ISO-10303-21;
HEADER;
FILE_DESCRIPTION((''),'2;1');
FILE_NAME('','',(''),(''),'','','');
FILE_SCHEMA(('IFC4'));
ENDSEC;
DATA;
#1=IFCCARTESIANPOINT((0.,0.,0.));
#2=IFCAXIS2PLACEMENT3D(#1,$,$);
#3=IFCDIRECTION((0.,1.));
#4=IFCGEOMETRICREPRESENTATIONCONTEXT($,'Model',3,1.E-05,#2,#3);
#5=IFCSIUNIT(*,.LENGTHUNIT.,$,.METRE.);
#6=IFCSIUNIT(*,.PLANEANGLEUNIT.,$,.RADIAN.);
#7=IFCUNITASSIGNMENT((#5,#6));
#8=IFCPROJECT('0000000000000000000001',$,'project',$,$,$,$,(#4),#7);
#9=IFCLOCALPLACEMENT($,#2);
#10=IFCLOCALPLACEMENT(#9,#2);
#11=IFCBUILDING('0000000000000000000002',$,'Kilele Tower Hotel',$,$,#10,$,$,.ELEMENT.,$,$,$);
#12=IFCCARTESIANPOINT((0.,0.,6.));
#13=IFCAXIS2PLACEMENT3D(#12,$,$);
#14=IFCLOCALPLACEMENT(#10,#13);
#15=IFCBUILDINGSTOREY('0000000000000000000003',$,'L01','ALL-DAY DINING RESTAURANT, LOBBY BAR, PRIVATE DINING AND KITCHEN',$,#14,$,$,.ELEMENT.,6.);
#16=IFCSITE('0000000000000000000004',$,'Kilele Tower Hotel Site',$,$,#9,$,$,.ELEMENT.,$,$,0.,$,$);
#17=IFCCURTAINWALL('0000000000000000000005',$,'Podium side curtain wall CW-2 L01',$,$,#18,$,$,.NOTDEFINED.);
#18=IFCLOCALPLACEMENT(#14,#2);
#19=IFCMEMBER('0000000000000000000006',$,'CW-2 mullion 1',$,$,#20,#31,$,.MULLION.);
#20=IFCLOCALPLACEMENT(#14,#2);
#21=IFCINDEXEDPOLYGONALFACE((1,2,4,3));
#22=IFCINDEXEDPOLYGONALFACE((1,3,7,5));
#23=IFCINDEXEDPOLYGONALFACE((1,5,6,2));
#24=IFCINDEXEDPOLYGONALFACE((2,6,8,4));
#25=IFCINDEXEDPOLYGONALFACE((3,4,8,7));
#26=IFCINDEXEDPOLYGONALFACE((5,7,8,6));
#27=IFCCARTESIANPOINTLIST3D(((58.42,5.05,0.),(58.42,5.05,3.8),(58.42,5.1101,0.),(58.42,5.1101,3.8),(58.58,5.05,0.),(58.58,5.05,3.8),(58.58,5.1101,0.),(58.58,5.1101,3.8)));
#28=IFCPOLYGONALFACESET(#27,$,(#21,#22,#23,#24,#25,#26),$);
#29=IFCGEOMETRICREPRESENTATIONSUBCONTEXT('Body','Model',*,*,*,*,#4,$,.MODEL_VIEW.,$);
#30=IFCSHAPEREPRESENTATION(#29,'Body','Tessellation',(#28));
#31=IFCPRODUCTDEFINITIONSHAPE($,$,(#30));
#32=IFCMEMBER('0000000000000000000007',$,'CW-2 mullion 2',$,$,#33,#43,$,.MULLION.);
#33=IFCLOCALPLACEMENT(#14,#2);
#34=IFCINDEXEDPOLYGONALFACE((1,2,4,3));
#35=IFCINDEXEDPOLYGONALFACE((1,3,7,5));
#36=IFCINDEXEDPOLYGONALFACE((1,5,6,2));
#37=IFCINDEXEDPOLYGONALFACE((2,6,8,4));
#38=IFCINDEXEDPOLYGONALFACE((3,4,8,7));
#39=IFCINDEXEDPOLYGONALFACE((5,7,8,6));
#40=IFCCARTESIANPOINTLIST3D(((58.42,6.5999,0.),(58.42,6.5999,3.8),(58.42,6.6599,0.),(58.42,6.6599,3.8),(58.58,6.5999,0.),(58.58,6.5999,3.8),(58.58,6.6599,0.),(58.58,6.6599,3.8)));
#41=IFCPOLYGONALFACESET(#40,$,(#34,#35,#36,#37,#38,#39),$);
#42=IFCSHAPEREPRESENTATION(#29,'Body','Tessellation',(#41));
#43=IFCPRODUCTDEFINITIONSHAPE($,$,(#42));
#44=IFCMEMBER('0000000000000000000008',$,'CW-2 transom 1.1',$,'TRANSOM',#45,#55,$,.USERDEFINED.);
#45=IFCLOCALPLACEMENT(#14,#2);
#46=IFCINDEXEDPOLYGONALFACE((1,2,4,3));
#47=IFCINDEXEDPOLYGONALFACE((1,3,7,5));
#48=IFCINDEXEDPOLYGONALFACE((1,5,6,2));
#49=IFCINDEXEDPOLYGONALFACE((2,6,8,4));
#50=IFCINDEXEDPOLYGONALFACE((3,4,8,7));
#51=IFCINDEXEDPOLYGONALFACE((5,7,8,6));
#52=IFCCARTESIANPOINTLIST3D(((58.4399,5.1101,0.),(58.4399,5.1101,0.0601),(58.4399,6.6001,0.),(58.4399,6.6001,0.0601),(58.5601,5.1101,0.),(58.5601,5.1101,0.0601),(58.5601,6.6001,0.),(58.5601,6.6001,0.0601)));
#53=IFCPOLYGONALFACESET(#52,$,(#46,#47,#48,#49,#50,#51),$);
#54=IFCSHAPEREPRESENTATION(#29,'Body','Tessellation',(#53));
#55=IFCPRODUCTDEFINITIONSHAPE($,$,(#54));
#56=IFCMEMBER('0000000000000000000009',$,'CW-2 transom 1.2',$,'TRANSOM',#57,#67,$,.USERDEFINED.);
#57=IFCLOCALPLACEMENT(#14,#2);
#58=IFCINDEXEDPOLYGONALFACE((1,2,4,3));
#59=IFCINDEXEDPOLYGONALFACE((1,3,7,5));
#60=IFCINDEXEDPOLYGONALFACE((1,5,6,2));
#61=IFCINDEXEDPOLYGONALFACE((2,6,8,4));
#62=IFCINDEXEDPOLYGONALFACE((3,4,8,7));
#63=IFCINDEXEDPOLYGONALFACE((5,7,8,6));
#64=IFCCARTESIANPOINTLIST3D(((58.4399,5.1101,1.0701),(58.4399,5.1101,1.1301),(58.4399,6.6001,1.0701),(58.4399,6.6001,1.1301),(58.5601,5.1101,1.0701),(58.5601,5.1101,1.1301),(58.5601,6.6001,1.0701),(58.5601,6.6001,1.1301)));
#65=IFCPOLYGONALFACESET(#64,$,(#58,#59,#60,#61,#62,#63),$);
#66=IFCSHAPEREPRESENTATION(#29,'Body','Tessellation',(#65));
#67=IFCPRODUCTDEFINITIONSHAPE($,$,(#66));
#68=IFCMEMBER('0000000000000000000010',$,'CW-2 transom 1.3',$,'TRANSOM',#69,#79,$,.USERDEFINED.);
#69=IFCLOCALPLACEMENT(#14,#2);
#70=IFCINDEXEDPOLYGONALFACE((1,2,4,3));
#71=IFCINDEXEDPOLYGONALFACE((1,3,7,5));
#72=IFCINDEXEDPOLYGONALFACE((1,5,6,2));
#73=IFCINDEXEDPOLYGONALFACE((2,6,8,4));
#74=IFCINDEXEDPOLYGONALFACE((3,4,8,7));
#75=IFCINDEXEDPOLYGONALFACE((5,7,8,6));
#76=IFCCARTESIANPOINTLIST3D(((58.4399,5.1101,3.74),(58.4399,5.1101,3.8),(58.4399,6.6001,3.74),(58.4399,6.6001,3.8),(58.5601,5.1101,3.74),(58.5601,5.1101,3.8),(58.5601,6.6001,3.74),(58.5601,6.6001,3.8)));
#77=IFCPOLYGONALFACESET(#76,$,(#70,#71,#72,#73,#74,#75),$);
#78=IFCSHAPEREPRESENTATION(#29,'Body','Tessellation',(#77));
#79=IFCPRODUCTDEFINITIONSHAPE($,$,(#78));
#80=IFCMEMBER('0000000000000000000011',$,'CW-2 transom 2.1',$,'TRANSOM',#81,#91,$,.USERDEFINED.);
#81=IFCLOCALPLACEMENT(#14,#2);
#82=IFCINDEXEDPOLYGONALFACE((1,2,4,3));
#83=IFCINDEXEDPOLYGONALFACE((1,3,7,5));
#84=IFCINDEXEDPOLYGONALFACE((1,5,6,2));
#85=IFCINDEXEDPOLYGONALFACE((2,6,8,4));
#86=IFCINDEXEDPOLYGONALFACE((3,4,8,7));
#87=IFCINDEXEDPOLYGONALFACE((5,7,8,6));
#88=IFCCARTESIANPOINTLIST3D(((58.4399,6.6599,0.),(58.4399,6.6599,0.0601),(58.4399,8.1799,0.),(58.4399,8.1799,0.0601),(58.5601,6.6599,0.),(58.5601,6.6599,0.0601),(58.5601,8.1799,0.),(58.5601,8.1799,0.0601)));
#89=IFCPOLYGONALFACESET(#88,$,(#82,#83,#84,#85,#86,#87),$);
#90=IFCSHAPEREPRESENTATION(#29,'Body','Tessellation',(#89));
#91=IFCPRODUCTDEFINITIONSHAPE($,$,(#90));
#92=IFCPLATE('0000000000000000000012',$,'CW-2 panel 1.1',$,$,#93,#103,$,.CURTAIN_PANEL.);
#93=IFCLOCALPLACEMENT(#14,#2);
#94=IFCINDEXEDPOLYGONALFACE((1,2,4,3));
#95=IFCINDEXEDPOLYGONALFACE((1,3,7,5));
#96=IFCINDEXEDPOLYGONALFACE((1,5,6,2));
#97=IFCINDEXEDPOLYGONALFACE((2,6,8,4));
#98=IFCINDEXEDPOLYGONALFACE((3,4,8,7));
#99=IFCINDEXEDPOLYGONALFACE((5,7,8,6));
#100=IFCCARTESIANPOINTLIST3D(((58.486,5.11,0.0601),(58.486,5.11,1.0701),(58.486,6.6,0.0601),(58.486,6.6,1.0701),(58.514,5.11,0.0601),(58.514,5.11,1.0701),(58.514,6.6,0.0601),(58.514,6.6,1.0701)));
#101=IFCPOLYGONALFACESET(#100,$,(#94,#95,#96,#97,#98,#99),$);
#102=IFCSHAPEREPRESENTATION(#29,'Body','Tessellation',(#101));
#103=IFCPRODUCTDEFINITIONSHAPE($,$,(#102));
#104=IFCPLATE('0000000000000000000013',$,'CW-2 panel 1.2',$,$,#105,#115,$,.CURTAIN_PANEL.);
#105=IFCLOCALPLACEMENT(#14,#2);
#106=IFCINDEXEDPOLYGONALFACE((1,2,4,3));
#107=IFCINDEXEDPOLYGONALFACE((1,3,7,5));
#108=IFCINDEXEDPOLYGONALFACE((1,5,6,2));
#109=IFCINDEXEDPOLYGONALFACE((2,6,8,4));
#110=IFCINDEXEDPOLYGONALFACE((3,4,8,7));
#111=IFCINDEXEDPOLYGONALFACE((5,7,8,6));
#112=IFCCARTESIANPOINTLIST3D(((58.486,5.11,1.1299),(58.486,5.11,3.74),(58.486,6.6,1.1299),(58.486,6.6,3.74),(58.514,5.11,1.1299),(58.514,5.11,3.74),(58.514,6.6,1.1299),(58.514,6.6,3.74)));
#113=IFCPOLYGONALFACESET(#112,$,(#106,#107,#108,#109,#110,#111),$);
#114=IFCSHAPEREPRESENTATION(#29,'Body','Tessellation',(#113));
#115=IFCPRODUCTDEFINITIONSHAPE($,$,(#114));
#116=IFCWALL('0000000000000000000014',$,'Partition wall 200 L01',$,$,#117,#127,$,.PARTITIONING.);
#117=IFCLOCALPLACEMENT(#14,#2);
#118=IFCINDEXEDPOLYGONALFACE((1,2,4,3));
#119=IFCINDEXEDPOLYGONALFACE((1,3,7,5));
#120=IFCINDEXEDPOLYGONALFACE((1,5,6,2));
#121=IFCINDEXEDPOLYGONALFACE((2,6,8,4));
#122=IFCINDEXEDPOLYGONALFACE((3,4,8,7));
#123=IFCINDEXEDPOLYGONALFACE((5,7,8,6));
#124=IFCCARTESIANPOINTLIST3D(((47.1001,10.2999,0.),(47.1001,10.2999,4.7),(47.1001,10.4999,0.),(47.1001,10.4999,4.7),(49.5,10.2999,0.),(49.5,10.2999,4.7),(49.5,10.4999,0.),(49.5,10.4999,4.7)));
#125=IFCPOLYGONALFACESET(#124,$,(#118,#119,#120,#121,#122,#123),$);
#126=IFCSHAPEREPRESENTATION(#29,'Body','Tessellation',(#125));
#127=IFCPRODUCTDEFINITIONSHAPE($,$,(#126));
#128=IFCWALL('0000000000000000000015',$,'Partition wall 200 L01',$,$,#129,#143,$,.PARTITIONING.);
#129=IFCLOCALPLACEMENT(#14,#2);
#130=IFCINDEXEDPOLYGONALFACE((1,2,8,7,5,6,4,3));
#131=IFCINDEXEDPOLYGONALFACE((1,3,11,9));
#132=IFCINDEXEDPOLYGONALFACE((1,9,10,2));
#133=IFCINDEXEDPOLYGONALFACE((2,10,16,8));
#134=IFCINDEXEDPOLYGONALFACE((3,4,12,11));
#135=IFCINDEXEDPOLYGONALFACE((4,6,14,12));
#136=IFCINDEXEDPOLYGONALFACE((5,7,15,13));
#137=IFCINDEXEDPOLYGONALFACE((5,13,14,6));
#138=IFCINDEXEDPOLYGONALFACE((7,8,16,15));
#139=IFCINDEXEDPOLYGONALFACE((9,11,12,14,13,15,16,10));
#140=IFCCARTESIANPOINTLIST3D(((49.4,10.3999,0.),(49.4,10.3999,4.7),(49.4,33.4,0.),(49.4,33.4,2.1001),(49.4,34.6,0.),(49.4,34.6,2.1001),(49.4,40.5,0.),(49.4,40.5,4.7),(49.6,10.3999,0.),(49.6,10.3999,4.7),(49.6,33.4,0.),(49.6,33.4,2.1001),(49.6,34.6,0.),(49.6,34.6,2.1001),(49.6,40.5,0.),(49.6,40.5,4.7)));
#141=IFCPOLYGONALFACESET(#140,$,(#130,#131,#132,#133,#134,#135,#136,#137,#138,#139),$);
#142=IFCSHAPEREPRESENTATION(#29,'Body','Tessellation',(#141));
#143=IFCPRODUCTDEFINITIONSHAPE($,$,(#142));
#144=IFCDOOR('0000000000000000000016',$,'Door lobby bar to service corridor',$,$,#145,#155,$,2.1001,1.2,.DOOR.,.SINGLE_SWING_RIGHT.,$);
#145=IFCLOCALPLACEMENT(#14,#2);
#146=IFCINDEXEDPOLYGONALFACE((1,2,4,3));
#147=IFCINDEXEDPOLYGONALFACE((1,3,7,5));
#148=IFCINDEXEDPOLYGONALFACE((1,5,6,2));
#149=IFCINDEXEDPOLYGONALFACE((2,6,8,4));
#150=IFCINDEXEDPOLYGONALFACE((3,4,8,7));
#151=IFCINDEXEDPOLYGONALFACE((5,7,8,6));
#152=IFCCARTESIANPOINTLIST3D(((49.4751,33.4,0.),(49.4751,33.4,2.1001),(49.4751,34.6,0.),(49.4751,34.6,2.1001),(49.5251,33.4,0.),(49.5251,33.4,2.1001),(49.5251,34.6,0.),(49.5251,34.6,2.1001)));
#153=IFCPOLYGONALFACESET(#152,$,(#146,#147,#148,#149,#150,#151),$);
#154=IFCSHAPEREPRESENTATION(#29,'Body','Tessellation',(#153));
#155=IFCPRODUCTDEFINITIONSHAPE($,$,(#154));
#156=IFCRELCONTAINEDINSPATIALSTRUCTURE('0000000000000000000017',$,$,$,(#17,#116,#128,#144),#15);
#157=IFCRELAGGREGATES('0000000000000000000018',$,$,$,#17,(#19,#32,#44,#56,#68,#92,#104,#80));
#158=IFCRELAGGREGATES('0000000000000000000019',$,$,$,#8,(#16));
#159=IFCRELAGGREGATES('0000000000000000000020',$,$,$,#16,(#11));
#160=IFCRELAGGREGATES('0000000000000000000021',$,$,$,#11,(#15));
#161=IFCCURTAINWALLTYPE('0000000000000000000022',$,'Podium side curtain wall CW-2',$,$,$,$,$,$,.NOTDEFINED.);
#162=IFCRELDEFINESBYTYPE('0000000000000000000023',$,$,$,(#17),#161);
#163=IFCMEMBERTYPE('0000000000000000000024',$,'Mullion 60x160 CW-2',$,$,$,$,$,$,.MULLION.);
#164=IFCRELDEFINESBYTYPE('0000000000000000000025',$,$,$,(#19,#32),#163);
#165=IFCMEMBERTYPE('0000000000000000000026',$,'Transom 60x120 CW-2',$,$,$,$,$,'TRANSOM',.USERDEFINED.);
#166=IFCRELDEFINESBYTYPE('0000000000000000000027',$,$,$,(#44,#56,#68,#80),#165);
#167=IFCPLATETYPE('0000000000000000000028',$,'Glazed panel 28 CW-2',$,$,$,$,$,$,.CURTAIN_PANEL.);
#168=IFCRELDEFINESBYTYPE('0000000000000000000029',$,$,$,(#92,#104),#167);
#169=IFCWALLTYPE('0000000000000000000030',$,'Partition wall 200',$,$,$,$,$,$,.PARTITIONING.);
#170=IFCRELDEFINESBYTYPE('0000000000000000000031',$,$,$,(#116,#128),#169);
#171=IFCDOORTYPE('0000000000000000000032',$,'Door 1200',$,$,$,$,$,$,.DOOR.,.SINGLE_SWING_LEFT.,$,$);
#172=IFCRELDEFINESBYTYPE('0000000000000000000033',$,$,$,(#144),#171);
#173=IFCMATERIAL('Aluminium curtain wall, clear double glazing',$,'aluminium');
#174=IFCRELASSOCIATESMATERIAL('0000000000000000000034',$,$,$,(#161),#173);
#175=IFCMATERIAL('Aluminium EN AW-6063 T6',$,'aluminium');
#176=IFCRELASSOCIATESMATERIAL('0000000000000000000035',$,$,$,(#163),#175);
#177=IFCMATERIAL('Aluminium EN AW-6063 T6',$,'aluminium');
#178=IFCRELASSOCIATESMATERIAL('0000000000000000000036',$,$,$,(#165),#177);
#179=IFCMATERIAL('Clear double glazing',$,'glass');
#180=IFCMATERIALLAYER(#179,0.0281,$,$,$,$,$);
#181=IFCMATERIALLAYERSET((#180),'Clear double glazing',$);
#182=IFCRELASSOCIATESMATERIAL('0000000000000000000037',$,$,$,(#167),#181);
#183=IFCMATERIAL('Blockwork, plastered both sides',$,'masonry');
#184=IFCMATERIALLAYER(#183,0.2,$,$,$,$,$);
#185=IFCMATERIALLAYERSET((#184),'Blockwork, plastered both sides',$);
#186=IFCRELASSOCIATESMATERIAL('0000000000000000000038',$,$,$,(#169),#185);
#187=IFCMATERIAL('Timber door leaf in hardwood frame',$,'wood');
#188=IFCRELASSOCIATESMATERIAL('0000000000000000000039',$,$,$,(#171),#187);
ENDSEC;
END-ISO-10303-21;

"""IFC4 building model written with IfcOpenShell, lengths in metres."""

from ifc_helpers import new_model, si_unit, direction, frame, frame_2d, origin, origin_2d, place, context, subcontext, project, spatial, rectangle, extrude, material, layer, layer_set, material_profile, profile_set, type_object, element, fill, aggregate, save


model = new_model("IFC4")

# Units and contexts
model_context = context("Model", 3, precision=1e-05, world=origin(), true_north=direction((0.0, 1.0)))
body_context = subcontext(model_context, "Body", "Model", "MODEL_VIEW")
ifc_project = project(units=[si_unit("LENGTHUNIT", "METRE"), si_unit("PLANEANGLEUNIT", "RADIAN")], contexts=[model_context])

# Site, building, storey
site_placement = place(None, origin())
site = spatial("IfcSite", under=ifc_project, at=site_placement, Name="Kilele Tower Hotel Site", CompositionType="ELEMENT", RefElevation=0.0)
building_placement = place(site_placement, origin())
building = spatial("IfcBuilding", under=site, at=building_placement, Name="Kilele Tower Hotel", CompositionType="ELEMENT")
storey_placement = place(building_placement, frame((0.0, 0.0, 6.0)))
storey = spatial("IfcBuildingStorey", under=building, at=storey_placement, Name="L01", Description="ALL-DAY DINING RESTAURANT, LOBBY BAR, PRIVATE DINING AND KITCHEN", CompositionType="ELEMENT", Elevation=6.0)

# Curtain wall, members, plates
ifc_material_1 = material(Name="Aluminium curtain wall, clear double glazing", Category="aluminium")
curtain_wall_type = type_object("IfcCurtainWallType", Name="Podium side curtain wall CW-2", PredefinedType="NOTDEFINED", material=ifc_material_1)
curtain_wall_placement = place(storey_placement, origin())
curtain_wall = element("IfcCurtainWall", 1, at=curtain_wall_placement, inside=storey, type_object=curtain_wall_type, Name="Podium side curtain wall CW-2 L01", PredefinedType="NOTDEFINED")
ifc_material_2 = material(Name="Aluminium EN AW-6063 T6", Category="aluminium")
ifc_material_profile_1 = material_profile(ifc_material_2, rectangle(XDim=0.1599, YDim=0.0601, at=origin_2d()))
ifc_profile_set_1 = profile_set([ifc_material_profile_1], Name="Aluminium EN AW-6063 T6")
member_type_1 = type_object("IfcMemberType", Name="Mullion 60x160 CW-2", PredefinedType="MULLION", material=ifc_profile_set_1)
member_1_placement = place(storey_placement, frame((58.5, 5.0801, 0.0), z_axis=(0.0, 0.0, 1.0), x_axis=(-1.0, 0.0, 0.0)))
member_1 = element("IfcMember", 2, at=member_1_placement, type_object=member_type_1, Name="CW-2 mullion 1", PredefinedType="MULLION", context=body_context, shape_type="SweptSolid", body=[
    extrude(rectangle(XDim=0.1599, YDim=0.0601, at=origin_2d()), origin(), (0.0, 0.0, 1.0), 3.8),
])
member_2_placement = place(storey_placement, frame((58.5, 6.6299, 0.0), z_axis=(0.0, 0.0, 1.0), x_axis=(-1.0, 0.0, 0.0)))
member_2 = element("IfcMember", 3, at=member_2_placement, type_object=member_type_1, Name="CW-2 mullion 2", PredefinedType="MULLION", context=body_context, shape_type="SweptSolid", body=[
    extrude(rectangle(XDim=0.1599, YDim=0.0601, at=origin_2d()), origin(), (0.0, 0.0, 1.0), 3.8),
])
ifc_material_3 = material(Name="Aluminium EN AW-6063 T6", Category="aluminium")
ifc_material_profile_2 = material_profile(ifc_material_3, rectangle(XDim=0.1201, YDim=0.0601, at=origin_2d()))
ifc_profile_set_2 = profile_set([ifc_material_profile_2], Name="Aluminium EN AW-6063 T6")
member_type_2 = type_object("IfcMemberType", Name="Transom 60x120 CW-2", ElementType="TRANSOM", PredefinedType="USERDEFINED", material=ifc_profile_set_2)
member_3_placement = place(storey_placement, frame((58.5, 5.1101, 0.03), z_axis=(0.0, 1.0, 0.0), x_axis=(-1.0, 0.0, 0.0)))
member_3 = element("IfcMember", 4, at=member_3_placement, type_object=member_type_2, Name="CW-2 transom 1.1", ObjectType="TRANSOM", PredefinedType="USERDEFINED", context=body_context, shape_type="SweptSolid", body=[
    extrude(rectangle(XDim=0.1201, YDim=0.0601, at=origin_2d()), origin(), (0.0, 0.0, 1.0), 1.49),
])
member_4_placement = place(storey_placement, frame((58.5, 5.1101, 1.1001), z_axis=(0.0, 1.0, 0.0), x_axis=(-1.0, 0.0, 0.0)))
member_4 = element("IfcMember", 5, at=member_4_placement, type_object=member_type_2, Name="CW-2 transom 1.2", ObjectType="TRANSOM", PredefinedType="USERDEFINED", context=body_context, shape_type="SweptSolid", body=[
    extrude(rectangle(XDim=0.1201, YDim=0.0601, at=origin_2d()), origin(), (0.0, 0.0, 1.0), 1.49),
])
member_5_placement = place(storey_placement, frame((58.5, 5.1101, 3.77), z_axis=(0.0, 1.0, 0.0), x_axis=(-1.0, 0.0, 0.0)))
member_5 = element("IfcMember", 6, at=member_5_placement, type_object=member_type_2, Name="CW-2 transom 1.3", ObjectType="TRANSOM", PredefinedType="USERDEFINED", context=body_context, shape_type="SweptSolid", body=[
    extrude(rectangle(XDim=0.1201, YDim=0.0601, at=origin_2d()), origin(), (0.0, 0.0, 1.0), 1.49),
])
member_6_placement = place(storey_placement, frame((58.5, 6.6599, 0.03), z_axis=(0.0, 1.0, 0.0), x_axis=(-1.0, 0.0, 0.0)))
member_6 = element("IfcMember", 7, at=member_6_placement, type_object=member_type_2, Name="CW-2 transom 2.1", ObjectType="TRANSOM", PredefinedType="USERDEFINED", context=body_context, shape_type="SweptSolid", body=[
    extrude(rectangle(XDim=0.1201, YDim=0.0601, at=origin_2d()), origin(), (0.0, 0.0, 1.0), 1.52),
])
ifc_material_4 = material(Name="Clear double glazing", Category="glass")
ifc_layer_1 = layer(ifc_material_4, 0.0281)
ifc_layer_set_1 = layer_set([ifc_layer_1], Name="Clear double glazing")
plate_type = type_object("IfcPlateType", Name="Glazed panel 28 CW-2", PredefinedType="CURTAIN_PANEL", material=ifc_layer_set_1)
plate_1_placement = place(storey_placement, frame((58.5, 5.855, 0.0601), z_axis=(0.0, 0.0, 1.0), x_axis=(0.0, 1.0, 0.0)))
plate_1 = element("IfcPlate", 8, at=plate_1_placement, type_object=plate_type, Name="CW-2 panel 1.1", PredefinedType="CURTAIN_PANEL", context=body_context, shape_type="SweptSolid", body=[
    extrude(rectangle(XDim=1.49, YDim=0.0281, at=origin_2d()), origin(), (0.0, 0.0, 1.0), 1.01),
])
plate_2_placement = place(storey_placement, frame((58.5, 5.855, 1.1299), z_axis=(0.0, 0.0, 1.0), x_axis=(0.0, 1.0, 0.0)))
plate_2 = element("IfcPlate", 9, at=plate_2_placement, type_object=plate_type, Name="CW-2 panel 1.2", PredefinedType="CURTAIN_PANEL", context=body_context, shape_type="SweptSolid", body=[
    extrude(rectangle(XDim=1.49, YDim=0.0281, at=origin_2d()), origin(), (0.0, 0.0, 1.0), 2.6101),
])
aggregate(curtain_wall, [member_1, member_2, member_3, member_4, member_5, plate_1, plate_2, member_6])

# Wall
ifc_material_5 = material(Name="Blockwork, plastered both sides", Category="masonry")
ifc_layer_2 = layer(ifc_material_5, 0.2)
ifc_layer_set_2 = layer_set([ifc_layer_2], Name="Blockwork, plastered both sides")
wall_type_1 = type_object("IfcWallType", Name="Partition wall 200", PredefinedType="PARTITIONING", material=ifc_layer_set_2)
wall_1_placement = place(storey_placement, frame((47.1001, 10.3999, 0.0), z_axis=(0.0, 0.0, 1.0), x_axis=(1.0, 0.0, 0.0)))
element("IfcWall", 10, at=wall_1_placement, inside=storey, type_object=wall_type_1, Name="Partition wall 200 L01", PredefinedType="PARTITIONING", context=body_context, shape_type="SweptSolid", body=[
    extrude(rectangle(XDim=2.3999, YDim=0.2, at=frame_2d((1.2, 0.0))), origin(), (0.0, 0.0, 1.0), 4.7),
])

# Wall, opening, door
wall_2_placement = place(storey_placement, frame((49.5, 10.3999, 0.0), z_axis=(0.0, 0.0, 1.0), x_axis=(0.0, 1.0, 0.0)))
wall_2 = element("IfcWall", 11, at=wall_2_placement, inside=storey, type_object=wall_type_1, Name="Partition wall 200 L01", PredefinedType="PARTITIONING", context=body_context, shape_type="SweptSolid", body=[
    extrude(rectangle(XDim=30.1001, YDim=0.2, at=frame_2d((15.05, 0.0))), origin(), (0.0, 0.0, 1.0), 4.7),
])
opening_1_placement = place(wall_2_placement, frame((23.0, 0.0, 0.0)))
opening_1 = element("IfcOpeningElement", 12, at=opening_1_placement, cuts=wall_2, PredefinedType="OPENING", context=body_context, shape_type="SweptSolid", body=[
    extrude(rectangle(XDim=1.2, YDim=2.1001, at=frame_2d((0.6001, 1.05))), frame((0.0, 0.1099, 0.0), z_axis=(0.0, -1.0, 0.0), x_axis=(1.0, 0.0, 0.0)), (0.0, 0.0, 1.0), 0.22),
])
ifc_material_6 = material(Name="Timber door leaf in hardwood frame", Category="wood")
door_type_1 = type_object("IfcDoorType", Name="Door 1200", OperationType="SINGLE_SWING_LEFT", PredefinedType="DOOR", material=ifc_material_6)
door_1_placement = place(opening_1_placement, origin())
door_1 = element("IfcDoor", 13, at=door_1_placement, inside=storey, type_object=door_type_1, Name="Door lobby bar to service corridor", OperationType="SINGLE_SWING_RIGHT", OverallHeight=2.1001, OverallWidth=1.2, PredefinedType="DOOR", context=body_context, shape_type="SweptSolid", body=[
    extrude(rectangle(XDim=1.2, YDim=2.1001, at=frame_2d((0.6001, 1.05))), frame((0.0, 0.0249, 0.0), z_axis=(0.0, -1.0, 0.0), x_axis=(1.0, 0.0, 0.0)), (0.0, 0.0, 1.0), 0.05),
])
fill(opening_1, door_1)

save(model, "model.ifc")
